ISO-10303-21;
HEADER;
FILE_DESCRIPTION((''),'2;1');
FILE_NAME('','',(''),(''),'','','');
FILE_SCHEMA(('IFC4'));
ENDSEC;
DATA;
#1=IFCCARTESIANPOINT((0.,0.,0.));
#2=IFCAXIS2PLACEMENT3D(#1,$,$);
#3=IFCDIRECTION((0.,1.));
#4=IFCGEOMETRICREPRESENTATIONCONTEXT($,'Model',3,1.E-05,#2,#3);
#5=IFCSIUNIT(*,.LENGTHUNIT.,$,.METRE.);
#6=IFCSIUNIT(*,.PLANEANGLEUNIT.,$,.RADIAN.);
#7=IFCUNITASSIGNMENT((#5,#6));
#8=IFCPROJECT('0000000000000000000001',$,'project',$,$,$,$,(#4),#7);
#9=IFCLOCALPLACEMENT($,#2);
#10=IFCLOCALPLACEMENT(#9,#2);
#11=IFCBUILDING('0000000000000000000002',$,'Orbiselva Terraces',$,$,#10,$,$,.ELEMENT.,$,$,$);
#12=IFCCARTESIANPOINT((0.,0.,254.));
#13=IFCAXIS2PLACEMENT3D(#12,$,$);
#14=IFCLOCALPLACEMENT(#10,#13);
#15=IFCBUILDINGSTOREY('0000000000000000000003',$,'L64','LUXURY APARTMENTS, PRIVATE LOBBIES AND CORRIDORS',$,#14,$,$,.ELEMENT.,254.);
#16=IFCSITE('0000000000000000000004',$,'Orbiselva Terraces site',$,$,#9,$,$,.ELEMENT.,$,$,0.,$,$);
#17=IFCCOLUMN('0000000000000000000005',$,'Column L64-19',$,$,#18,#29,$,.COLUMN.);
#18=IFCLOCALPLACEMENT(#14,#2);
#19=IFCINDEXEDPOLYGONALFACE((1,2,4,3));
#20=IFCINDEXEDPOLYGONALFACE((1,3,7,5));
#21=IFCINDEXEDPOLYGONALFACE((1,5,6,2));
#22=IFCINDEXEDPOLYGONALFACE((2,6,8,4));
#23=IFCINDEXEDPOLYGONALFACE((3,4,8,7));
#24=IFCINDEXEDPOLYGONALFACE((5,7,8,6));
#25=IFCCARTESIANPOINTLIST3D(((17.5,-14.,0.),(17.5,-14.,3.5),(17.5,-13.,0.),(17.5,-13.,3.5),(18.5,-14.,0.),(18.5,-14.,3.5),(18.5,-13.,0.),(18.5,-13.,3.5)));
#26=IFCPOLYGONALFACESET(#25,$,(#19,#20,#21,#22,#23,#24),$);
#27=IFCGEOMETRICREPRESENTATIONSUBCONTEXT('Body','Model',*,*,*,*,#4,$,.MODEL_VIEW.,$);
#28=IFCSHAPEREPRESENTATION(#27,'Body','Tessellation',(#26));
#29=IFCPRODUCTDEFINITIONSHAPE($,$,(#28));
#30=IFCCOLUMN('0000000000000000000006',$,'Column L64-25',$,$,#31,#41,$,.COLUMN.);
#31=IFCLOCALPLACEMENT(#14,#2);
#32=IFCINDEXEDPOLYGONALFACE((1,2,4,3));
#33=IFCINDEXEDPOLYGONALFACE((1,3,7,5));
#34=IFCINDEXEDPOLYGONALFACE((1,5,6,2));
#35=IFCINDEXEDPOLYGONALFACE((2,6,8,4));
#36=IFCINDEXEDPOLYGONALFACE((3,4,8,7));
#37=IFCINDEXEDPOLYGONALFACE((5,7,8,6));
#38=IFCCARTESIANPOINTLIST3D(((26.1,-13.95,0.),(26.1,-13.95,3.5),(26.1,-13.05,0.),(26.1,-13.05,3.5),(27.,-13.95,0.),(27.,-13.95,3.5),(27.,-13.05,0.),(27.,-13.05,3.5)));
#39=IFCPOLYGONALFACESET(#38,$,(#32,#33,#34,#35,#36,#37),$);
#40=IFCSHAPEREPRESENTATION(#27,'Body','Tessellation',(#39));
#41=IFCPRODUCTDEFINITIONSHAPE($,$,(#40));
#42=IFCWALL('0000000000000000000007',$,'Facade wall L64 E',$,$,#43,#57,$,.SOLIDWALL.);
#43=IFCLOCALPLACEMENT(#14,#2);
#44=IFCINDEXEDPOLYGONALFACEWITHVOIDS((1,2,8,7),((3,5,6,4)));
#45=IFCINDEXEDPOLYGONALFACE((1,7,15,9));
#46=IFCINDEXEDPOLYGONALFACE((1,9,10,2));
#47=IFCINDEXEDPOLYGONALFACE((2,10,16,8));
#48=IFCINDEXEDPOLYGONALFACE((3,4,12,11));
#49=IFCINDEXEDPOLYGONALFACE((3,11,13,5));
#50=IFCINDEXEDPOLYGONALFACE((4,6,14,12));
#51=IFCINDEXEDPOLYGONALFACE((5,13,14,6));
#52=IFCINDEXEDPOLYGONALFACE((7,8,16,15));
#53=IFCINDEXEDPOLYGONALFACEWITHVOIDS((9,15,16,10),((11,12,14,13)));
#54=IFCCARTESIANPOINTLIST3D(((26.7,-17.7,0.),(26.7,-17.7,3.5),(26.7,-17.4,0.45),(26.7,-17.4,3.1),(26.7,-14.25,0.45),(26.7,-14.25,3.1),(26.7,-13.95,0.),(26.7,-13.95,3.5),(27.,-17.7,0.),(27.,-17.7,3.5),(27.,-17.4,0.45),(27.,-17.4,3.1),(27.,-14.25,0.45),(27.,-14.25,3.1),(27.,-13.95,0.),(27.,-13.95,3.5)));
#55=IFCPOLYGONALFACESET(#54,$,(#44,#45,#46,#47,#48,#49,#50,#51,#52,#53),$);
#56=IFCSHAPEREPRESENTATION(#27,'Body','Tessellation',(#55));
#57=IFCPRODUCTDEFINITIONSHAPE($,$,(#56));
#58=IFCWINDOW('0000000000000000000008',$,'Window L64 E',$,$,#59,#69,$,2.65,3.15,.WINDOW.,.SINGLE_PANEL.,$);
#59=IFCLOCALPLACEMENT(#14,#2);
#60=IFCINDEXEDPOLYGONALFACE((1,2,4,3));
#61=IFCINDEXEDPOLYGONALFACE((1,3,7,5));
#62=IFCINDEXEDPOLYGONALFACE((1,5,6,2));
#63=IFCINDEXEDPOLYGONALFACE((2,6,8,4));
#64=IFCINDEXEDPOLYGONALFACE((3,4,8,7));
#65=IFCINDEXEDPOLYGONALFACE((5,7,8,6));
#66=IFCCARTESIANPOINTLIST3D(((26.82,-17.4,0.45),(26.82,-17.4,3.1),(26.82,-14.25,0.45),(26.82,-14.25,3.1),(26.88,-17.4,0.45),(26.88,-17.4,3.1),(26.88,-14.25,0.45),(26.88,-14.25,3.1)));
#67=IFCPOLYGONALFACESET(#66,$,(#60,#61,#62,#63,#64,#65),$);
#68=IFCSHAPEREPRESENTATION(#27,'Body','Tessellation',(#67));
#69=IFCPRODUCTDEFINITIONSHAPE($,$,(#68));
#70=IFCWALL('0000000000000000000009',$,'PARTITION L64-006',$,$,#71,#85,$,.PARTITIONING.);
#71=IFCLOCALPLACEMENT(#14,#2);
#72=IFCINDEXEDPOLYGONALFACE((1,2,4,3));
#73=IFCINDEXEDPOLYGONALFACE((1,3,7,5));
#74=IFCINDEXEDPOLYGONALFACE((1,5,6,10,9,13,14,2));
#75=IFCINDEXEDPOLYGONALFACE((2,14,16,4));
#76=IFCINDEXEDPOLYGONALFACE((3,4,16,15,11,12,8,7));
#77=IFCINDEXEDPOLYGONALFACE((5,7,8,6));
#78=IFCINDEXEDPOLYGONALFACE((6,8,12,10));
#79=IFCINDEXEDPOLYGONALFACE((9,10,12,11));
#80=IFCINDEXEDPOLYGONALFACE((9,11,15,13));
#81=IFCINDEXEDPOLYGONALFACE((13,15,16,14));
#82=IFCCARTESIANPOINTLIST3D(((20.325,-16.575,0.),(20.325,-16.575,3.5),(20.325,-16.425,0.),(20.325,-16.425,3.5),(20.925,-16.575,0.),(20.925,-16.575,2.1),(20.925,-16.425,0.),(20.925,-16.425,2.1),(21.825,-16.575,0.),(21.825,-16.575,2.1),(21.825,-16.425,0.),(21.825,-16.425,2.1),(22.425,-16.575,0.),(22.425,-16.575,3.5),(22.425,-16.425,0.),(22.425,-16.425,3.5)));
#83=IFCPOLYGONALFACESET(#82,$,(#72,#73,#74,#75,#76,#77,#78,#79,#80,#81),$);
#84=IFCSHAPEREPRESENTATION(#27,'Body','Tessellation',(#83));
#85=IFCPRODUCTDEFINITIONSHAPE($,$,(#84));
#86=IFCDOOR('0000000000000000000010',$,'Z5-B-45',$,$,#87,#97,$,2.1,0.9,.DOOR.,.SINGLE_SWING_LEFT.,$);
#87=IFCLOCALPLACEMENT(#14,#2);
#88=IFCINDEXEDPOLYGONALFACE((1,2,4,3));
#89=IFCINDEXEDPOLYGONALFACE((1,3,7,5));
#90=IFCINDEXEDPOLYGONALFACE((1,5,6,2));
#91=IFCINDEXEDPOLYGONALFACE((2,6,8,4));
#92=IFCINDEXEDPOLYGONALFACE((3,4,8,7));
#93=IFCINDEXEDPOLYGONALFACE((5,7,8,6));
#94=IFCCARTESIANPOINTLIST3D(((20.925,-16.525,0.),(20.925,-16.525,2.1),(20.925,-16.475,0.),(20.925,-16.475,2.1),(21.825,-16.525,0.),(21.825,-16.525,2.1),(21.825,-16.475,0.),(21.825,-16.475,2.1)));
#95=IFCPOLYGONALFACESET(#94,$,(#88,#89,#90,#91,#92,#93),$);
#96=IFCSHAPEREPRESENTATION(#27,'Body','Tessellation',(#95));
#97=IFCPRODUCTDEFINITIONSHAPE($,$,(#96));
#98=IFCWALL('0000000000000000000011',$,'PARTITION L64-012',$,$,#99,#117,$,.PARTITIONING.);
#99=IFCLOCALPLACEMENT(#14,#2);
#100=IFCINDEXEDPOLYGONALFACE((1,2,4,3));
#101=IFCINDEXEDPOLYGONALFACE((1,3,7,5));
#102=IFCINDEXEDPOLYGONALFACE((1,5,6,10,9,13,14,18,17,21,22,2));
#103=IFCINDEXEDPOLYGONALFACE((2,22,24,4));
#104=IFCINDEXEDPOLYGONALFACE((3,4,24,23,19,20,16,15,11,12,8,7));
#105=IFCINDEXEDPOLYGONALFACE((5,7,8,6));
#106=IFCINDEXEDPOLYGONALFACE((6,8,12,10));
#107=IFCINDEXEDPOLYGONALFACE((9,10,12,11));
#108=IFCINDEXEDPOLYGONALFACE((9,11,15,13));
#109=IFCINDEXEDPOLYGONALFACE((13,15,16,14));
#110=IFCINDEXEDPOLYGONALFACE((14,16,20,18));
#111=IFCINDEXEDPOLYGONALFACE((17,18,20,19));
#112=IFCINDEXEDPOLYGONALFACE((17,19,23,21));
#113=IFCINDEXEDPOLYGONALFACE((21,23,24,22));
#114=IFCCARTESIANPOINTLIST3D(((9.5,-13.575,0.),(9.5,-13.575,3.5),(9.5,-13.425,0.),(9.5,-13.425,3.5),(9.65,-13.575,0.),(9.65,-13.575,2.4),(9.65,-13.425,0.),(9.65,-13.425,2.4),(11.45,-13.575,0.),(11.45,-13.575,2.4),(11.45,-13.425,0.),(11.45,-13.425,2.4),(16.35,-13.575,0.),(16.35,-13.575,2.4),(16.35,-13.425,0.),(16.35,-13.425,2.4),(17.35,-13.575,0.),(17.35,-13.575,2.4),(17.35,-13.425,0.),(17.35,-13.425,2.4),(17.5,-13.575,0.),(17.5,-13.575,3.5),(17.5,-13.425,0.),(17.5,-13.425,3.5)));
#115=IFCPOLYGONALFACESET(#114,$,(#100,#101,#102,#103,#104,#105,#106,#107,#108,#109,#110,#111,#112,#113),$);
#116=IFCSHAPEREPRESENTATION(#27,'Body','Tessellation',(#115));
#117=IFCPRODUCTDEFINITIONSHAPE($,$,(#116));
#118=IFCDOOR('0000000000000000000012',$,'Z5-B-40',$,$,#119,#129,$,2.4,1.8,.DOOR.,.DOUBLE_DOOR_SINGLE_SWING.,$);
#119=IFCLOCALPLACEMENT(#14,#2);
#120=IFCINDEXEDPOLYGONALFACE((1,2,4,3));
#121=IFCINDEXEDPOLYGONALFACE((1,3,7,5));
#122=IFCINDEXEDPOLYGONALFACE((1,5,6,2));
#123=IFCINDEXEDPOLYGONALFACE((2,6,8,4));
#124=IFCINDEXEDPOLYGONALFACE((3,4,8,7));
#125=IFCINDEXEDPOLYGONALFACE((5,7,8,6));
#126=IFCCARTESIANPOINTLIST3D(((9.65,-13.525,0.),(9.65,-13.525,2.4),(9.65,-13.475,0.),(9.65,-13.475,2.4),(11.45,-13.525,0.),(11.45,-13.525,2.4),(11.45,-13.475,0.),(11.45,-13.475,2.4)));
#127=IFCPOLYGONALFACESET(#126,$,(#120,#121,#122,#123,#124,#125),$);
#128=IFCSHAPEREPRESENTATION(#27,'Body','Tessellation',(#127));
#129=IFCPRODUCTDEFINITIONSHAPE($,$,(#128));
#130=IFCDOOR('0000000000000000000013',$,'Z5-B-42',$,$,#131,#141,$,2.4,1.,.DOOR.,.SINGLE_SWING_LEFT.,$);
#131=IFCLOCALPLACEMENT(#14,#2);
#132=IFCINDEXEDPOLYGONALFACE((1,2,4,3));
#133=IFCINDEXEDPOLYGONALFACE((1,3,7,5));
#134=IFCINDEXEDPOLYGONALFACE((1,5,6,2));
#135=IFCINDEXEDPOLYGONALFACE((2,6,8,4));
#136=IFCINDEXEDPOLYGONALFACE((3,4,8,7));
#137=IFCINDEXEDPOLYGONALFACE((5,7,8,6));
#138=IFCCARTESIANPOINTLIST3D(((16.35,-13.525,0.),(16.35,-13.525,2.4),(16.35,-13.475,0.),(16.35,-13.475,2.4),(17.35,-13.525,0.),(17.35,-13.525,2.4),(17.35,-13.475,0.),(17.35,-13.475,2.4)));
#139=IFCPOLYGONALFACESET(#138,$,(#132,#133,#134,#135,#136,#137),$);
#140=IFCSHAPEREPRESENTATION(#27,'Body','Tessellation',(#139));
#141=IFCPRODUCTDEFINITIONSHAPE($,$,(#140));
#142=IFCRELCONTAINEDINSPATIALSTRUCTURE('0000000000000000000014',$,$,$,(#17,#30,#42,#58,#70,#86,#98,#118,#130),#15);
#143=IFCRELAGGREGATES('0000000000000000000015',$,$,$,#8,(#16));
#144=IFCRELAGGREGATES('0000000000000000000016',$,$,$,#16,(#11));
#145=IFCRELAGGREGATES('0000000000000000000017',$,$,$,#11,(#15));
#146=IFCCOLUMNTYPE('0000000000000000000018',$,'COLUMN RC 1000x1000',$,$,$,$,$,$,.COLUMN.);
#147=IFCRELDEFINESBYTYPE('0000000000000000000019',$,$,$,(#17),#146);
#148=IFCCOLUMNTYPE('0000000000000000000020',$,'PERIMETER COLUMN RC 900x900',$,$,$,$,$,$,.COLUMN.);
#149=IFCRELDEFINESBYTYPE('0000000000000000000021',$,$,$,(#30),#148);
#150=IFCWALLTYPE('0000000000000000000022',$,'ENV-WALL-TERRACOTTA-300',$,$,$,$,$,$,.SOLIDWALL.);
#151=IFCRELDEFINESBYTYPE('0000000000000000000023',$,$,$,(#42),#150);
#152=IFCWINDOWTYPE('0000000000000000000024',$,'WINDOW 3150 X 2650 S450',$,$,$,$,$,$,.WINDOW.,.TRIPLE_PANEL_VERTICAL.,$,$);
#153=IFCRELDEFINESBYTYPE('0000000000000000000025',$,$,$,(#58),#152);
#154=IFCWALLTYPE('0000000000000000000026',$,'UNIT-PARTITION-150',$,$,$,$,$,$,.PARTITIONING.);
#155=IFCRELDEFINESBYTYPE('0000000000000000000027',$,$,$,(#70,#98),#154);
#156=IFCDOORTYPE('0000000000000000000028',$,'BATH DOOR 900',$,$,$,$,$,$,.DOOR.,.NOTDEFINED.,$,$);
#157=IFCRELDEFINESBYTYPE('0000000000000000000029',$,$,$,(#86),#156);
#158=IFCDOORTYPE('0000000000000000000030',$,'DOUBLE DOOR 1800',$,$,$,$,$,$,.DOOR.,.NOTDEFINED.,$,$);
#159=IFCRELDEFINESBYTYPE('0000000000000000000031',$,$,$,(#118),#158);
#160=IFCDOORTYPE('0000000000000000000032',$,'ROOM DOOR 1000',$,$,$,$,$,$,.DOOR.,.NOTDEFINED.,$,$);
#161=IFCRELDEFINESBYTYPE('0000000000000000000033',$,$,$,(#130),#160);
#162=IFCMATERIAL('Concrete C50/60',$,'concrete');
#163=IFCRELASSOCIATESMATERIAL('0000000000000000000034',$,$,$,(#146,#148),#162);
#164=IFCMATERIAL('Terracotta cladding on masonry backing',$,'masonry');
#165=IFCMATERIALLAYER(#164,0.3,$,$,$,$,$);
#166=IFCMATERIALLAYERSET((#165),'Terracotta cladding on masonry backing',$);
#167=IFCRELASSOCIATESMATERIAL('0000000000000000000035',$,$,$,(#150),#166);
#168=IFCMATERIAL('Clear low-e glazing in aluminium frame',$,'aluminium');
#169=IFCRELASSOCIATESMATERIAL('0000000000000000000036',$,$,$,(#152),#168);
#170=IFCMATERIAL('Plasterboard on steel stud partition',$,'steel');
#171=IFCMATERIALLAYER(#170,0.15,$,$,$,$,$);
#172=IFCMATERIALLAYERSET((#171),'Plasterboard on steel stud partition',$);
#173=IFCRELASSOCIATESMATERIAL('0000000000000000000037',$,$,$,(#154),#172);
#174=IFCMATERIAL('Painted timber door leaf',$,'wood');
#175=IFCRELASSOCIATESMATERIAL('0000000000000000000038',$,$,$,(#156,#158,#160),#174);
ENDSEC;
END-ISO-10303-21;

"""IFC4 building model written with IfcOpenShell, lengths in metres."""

from ifc_helpers import new_model, si_unit, direction, frame, frame_2d, origin, origin_2d, place, context, subcontext, project, spatial, rectangle, extrude, material, layer, layer_set, material_profile, profile_set, type_object, element, fill, save


model = new_model("IFC4")

# Units and contexts
model_context = context("Model", 3, precision=1e-05, world=origin(), true_north=direction((0.0, 1.0)))
body_context = subcontext(model_context, "Body", "Model", "MODEL_VIEW")
ifc_project = project(units=[si_unit("LENGTHUNIT", "METRE"), si_unit("PLANEANGLEUNIT", "RADIAN")], contexts=[model_context])

# Site, building, storey
site_placement = place(None, origin())
site = spatial("IfcSite", under=ifc_project, at=site_placement, Name="Orbiselva Terraces site", CompositionType="ELEMENT", RefElevation=0.0)
building_placement = place(site_placement, origin())
building = spatial("IfcBuilding", under=site, at=building_placement, Name="Orbiselva Terraces", CompositionType="ELEMENT")
storey_placement = place(building_placement, frame((0.0, 0.0, 254.0)))
storey = spatial("IfcBuildingStorey", under=building, at=storey_placement, Name="L64", Description="LUXURY APARTMENTS, PRIVATE LOBBIES AND CORRIDORS", CompositionType="ELEMENT", Elevation=254.0)

# Columns
ifc_material_1 = material(Name="Concrete C50/60", Category="concrete")
ifc_material_profile_1 = material_profile(ifc_material_1, rectangle(XDim=1.0, YDim=1.0, at=origin_2d()), Name="RC 1000x1000")
ifc_profile_set_1 = profile_set([ifc_material_profile_1], Name="Concrete C50/60")
column_type_1 = type_object("IfcColumnType", Name="COLUMN RC 1000x1000", PredefinedType="COLUMN", material=ifc_profile_set_1)
column_1_placement = place(storey_placement, frame((18.0, -13.5, 0.0), z_axis=(0.0, 0.0, 1.0), x_axis=(1.0, 0.0, 0.0)))
element("IfcColumn", 1, at=column_1_placement, inside=storey, type_object=column_type_1, Name="Column L64-19", PredefinedType="COLUMN", context=body_context, shape_type="SweptSolid", body=[
    extrude(rectangle(XDim=1.0, YDim=1.0, at=origin_2d()), origin(), (0.0, 0.0, 1.0), 3.5),
])
ifc_material_profile_2 = material_profile(ifc_material_1, rectangle(XDim=0.9, YDim=0.9, at=origin_2d()), Name="RC 900x900")
ifc_profile_set_2 = profile_set([ifc_material_profile_2], Name="Concrete C50/60")
column_type_2 = type_object("IfcColumnType", Name="PERIMETER COLUMN RC 900x900", PredefinedType="COLUMN", material=ifc_profile_set_2)
column_2_placement = place(storey_placement, frame((26.55, -13.5, 0.0), z_axis=(0.0, 0.0, 1.0), x_axis=(1.0, 0.0, 0.0)))
element("IfcColumn", 2, at=column_2_placement, inside=storey, type_object=column_type_2, Name="Column L64-25", PredefinedType="COLUMN", context=body_context, shape_type="SweptSolid", body=[
    extrude(rectangle(XDim=0.9, YDim=0.9, at=origin_2d()), origin(), (0.0, 0.0, 1.0), 3.5),
])

# Wall, opening, window
ifc_material_2 = material(Name="Terracotta cladding on masonry backing", Category="masonry")
ifc_layer_1 = layer(ifc_material_2, 0.3)
ifc_layer_set_1 = layer_set([ifc_layer_1], Name="Terracotta cladding on masonry backing")
wall_type_1 = type_object("IfcWallType", Name="ENV-WALL-TERRACOTTA-300", PredefinedType="SOLIDWALL", material=ifc_layer_set_1)
wall_1_placement = place(storey_placement, frame((26.85, -13.95, 0.0), z_axis=(0.0, 0.0, 1.0), x_axis=(0.0, -1.0, 0.0)))
wall_1 = element("IfcWall", 3, at=wall_1_placement, inside=storey, type_object=wall_type_1, Name="Facade wall L64 E", PredefinedType="SOLIDWALL", context=body_context, shape_type="SweptSolid", body=[
    extrude(rectangle(XDim=3.75, YDim=0.3, at=frame_2d((1.875, 0.0))), origin(), (0.0, 0.0, 1.0), 3.5),
])
opening_1_placement = place(wall_1_placement, frame((0.3, 0.0, 0.45)))
opening_1 = element("IfcOpeningElement", 4, at=opening_1_placement, cuts=wall_1, PredefinedType="OPENING", context=body_context, shape_type="SweptSolid", body=[
    extrude(rectangle(XDim=3.15, YDim=2.65, at=frame_2d((1.575, 1.325))), frame((0.0, 0.16, 0.0), z_axis=(0.0, -1.0, 0.0), x_axis=(1.0, 0.0, 0.0)), (0.0, 0.0, 1.0), 0.32),
])
ifc_material_3 = material(Name="Clear low-e glazing in aluminium frame", Category="aluminium")
window_type = type_object("IfcWindowType", Name="WINDOW 3150 X 2650 S450", PartitioningType="TRIPLE_PANEL_VERTICAL", PredefinedType="WINDOW", material=ifc_material_3)
window_placement = place(opening_1_placement, origin())
window = element("IfcWindow", 5, at=window_placement, inside=storey, type_object=window_type, Name="Window L64 E", OverallHeight=2.65, OverallWidth=3.15, PartitioningType="SINGLE_PANEL", PredefinedType="WINDOW", context=body_context, shape_type="SweptSolid", body=[
    extrude(rectangle(XDim=3.15, YDim=2.65, at=frame_2d((1.575, 1.325))), frame((0.0, 0.03, 0.0), z_axis=(0.0, -1.0, 0.0), x_axis=(1.0, 0.0, 0.0)), (0.0, 0.0, 1.0), 0.06),
])
fill(opening_1, window)

# Wall, opening, door
ifc_material_4 = material(Name="Plasterboard on steel stud partition", Category="steel")
ifc_layer_2 = layer(ifc_material_4, 0.15)
ifc_layer_set_2 = layer_set([ifc_layer_2], Name="Plasterboard on steel stud partition")
wall_type_2 = type_object("IfcWallType", Name="UNIT-PARTITION-150", PredefinedType="PARTITIONING", material=ifc_layer_set_2)
wall_2_placement = place(storey_placement, frame((20.325, -16.5, 0.0), z_axis=(0.0, 0.0, 1.0), x_axis=(1.0, 0.0, 0.0)))
wall_2 = element("IfcWall", 6, at=wall_2_placement, inside=storey, type_object=wall_type_2, Name="PARTITION L64-006", PredefinedType="PARTITIONING", context=body_context, shape_type="SweptSolid", body=[
    extrude(rectangle(XDim=2.1, YDim=0.15, at=frame_2d((1.05, 0.0))), origin(), (0.0, 0.0, 1.0), 3.5),
])
opening_2_placement = place(wall_2_placement, frame((0.6, 0.0, 0.0)))
opening_2 = element("IfcOpeningElement", 7, at=opening_2_placement, cuts=wall_2, PredefinedType="OPENING", context=body_context, shape_type="SweptSolid", body=[
    extrude(rectangle(XDim=0.9, YDim=2.1, at=frame_2d((0.45, 1.05))), frame((0.0, 0.085, 0.0), z_axis=(0.0, -1.0, 0.0), x_axis=(1.0, 0.0, 0.0)), (0.0, 0.0, 1.0), 0.17),
])
ifc_material_5 = material(Name="Painted timber door leaf", Category="wood")
door_type_1 = type_object("IfcDoorType", Name="BATH DOOR 900", OperationType="NOTDEFINED", PredefinedType="DOOR", material=ifc_material_5)
door_1_placement = place(opening_2_placement, origin())
door_1 = element("IfcDoor", 8, at=door_1_placement, inside=storey, type_object=door_type_1, Name="Z5-B-45", OperationType="SINGLE_SWING_LEFT", OverallHeight=2.1, OverallWidth=0.9, PredefinedType="DOOR", context=body_context, shape_type="SweptSolid", body=[
    extrude(rectangle(XDim=0.9, YDim=2.1, at=frame_2d((0.45, 1.05))), frame((0.0, 0.025, 0.0), z_axis=(0.0, -1.0, 0.0), x_axis=(1.0, 0.0, 0.0)), (0.0, 0.0, 1.0), 0.05),
])
fill(opening_2, door_1)

# Wall, openings, doors
wall_3_placement = place(storey_placement, frame((17.5, -13.5, 0.0), z_axis=(0.0, 0.0, 1.0), x_axis=(-1.0, 0.0, 0.0)))
wall_3 = element("IfcWall", 9, at=wall_3_placement, inside=storey, type_object=wall_type_2, Name="PARTITION L64-012", PredefinedType="PARTITIONING", context=body_context, shape_type="SweptSolid", body=[
    extrude(rectangle(XDim=8.0, YDim=0.15, at=frame_2d((4.0, 0.0))), origin(), (0.0, 0.0, 1.0), 3.5),
])
opening_3_placement = place(wall_3_placement, frame((6.05, 0.0, 0.0)))
opening_3 = element("IfcOpeningElement", 10, at=opening_3_placement, cuts=wall_3, PredefinedType="OPENING", context=body_context, shape_type="SweptSolid", body=[
    extrude(rectangle(XDim=1.8, YDim=2.4, at=frame_2d((0.9, 1.2))), frame((0.0, 0.085, 0.0), z_axis=(0.0, -1.0, 0.0), x_axis=(1.0, 0.0, 0.0)), (0.0, 0.0, 1.0), 0.17),
])
opening_4_placement = place(wall_3_placement, frame((0.15, 0.0, 0.0)))
opening_4 = element("IfcOpeningElement", 11, at=opening_4_placement, cuts=wall_3, PredefinedType="OPENING", context=body_context, shape_type="SweptSolid", body=[
    extrude(rectangle(XDim=1.0, YDim=2.4, at=frame_2d((0.5, 1.2))), frame((0.0, 0.085, 0.0), z_axis=(0.0, -1.0, 0.0), x_axis=(1.0, 0.0, 0.0)), (0.0, 0.0, 1.0), 0.17),
])
door_type_2 = type_object("IfcDoorType", Name="DOUBLE DOOR 1800", OperationType="NOTDEFINED", PredefinedType="DOOR", material=ifc_material_5)
door_2_placement = place(opening_3_placement, origin())
door_2 = element("IfcDoor", 12, at=door_2_placement, inside=storey, type_object=door_type_2, Name="Z5-B-40", OperationType="DOUBLE_DOOR_SINGLE_SWING", OverallHeight=2.4, OverallWidth=1.8, PredefinedType="DOOR", context=body_context, shape_type="SweptSolid", body=[
    extrude(rectangle(XDim=1.8, YDim=2.4, at=frame_2d((0.9, 1.2))), frame((0.0, 0.025, 0.0), z_axis=(0.0, -1.0, 0.0), x_axis=(1.0, 0.0, 0.0)), (0.0, 0.0, 1.0), 0.05),
])
fill(opening_3, door_2)
door_type_3 = type_object("IfcDoorType", Name="ROOM DOOR 1000", OperationType="NOTDEFINED", PredefinedType="DOOR", material=ifc_material_5)
door_3_placement = place(opening_4_placement, origin())
door_3 = element("IfcDoor", 13, at=door_3_placement, inside=storey, type_object=door_type_3, Name="Z5-B-42", OperationType="SINGLE_SWING_LEFT", OverallHeight=2.4, OverallWidth=1.0, PredefinedType="DOOR", context=body_context, shape_type="SweptSolid", body=[
    extrude(rectangle(XDim=1.0, YDim=2.4, at=frame_2d((0.5, 1.2))), frame((0.0, 0.025, 0.0), z_axis=(0.0, -1.0, 0.0), x_axis=(1.0, 0.0, 0.0)), (0.0, 0.0, 1.0), 0.05),
])
fill(opening_4, door_3)

save(model, "model.ifc")
